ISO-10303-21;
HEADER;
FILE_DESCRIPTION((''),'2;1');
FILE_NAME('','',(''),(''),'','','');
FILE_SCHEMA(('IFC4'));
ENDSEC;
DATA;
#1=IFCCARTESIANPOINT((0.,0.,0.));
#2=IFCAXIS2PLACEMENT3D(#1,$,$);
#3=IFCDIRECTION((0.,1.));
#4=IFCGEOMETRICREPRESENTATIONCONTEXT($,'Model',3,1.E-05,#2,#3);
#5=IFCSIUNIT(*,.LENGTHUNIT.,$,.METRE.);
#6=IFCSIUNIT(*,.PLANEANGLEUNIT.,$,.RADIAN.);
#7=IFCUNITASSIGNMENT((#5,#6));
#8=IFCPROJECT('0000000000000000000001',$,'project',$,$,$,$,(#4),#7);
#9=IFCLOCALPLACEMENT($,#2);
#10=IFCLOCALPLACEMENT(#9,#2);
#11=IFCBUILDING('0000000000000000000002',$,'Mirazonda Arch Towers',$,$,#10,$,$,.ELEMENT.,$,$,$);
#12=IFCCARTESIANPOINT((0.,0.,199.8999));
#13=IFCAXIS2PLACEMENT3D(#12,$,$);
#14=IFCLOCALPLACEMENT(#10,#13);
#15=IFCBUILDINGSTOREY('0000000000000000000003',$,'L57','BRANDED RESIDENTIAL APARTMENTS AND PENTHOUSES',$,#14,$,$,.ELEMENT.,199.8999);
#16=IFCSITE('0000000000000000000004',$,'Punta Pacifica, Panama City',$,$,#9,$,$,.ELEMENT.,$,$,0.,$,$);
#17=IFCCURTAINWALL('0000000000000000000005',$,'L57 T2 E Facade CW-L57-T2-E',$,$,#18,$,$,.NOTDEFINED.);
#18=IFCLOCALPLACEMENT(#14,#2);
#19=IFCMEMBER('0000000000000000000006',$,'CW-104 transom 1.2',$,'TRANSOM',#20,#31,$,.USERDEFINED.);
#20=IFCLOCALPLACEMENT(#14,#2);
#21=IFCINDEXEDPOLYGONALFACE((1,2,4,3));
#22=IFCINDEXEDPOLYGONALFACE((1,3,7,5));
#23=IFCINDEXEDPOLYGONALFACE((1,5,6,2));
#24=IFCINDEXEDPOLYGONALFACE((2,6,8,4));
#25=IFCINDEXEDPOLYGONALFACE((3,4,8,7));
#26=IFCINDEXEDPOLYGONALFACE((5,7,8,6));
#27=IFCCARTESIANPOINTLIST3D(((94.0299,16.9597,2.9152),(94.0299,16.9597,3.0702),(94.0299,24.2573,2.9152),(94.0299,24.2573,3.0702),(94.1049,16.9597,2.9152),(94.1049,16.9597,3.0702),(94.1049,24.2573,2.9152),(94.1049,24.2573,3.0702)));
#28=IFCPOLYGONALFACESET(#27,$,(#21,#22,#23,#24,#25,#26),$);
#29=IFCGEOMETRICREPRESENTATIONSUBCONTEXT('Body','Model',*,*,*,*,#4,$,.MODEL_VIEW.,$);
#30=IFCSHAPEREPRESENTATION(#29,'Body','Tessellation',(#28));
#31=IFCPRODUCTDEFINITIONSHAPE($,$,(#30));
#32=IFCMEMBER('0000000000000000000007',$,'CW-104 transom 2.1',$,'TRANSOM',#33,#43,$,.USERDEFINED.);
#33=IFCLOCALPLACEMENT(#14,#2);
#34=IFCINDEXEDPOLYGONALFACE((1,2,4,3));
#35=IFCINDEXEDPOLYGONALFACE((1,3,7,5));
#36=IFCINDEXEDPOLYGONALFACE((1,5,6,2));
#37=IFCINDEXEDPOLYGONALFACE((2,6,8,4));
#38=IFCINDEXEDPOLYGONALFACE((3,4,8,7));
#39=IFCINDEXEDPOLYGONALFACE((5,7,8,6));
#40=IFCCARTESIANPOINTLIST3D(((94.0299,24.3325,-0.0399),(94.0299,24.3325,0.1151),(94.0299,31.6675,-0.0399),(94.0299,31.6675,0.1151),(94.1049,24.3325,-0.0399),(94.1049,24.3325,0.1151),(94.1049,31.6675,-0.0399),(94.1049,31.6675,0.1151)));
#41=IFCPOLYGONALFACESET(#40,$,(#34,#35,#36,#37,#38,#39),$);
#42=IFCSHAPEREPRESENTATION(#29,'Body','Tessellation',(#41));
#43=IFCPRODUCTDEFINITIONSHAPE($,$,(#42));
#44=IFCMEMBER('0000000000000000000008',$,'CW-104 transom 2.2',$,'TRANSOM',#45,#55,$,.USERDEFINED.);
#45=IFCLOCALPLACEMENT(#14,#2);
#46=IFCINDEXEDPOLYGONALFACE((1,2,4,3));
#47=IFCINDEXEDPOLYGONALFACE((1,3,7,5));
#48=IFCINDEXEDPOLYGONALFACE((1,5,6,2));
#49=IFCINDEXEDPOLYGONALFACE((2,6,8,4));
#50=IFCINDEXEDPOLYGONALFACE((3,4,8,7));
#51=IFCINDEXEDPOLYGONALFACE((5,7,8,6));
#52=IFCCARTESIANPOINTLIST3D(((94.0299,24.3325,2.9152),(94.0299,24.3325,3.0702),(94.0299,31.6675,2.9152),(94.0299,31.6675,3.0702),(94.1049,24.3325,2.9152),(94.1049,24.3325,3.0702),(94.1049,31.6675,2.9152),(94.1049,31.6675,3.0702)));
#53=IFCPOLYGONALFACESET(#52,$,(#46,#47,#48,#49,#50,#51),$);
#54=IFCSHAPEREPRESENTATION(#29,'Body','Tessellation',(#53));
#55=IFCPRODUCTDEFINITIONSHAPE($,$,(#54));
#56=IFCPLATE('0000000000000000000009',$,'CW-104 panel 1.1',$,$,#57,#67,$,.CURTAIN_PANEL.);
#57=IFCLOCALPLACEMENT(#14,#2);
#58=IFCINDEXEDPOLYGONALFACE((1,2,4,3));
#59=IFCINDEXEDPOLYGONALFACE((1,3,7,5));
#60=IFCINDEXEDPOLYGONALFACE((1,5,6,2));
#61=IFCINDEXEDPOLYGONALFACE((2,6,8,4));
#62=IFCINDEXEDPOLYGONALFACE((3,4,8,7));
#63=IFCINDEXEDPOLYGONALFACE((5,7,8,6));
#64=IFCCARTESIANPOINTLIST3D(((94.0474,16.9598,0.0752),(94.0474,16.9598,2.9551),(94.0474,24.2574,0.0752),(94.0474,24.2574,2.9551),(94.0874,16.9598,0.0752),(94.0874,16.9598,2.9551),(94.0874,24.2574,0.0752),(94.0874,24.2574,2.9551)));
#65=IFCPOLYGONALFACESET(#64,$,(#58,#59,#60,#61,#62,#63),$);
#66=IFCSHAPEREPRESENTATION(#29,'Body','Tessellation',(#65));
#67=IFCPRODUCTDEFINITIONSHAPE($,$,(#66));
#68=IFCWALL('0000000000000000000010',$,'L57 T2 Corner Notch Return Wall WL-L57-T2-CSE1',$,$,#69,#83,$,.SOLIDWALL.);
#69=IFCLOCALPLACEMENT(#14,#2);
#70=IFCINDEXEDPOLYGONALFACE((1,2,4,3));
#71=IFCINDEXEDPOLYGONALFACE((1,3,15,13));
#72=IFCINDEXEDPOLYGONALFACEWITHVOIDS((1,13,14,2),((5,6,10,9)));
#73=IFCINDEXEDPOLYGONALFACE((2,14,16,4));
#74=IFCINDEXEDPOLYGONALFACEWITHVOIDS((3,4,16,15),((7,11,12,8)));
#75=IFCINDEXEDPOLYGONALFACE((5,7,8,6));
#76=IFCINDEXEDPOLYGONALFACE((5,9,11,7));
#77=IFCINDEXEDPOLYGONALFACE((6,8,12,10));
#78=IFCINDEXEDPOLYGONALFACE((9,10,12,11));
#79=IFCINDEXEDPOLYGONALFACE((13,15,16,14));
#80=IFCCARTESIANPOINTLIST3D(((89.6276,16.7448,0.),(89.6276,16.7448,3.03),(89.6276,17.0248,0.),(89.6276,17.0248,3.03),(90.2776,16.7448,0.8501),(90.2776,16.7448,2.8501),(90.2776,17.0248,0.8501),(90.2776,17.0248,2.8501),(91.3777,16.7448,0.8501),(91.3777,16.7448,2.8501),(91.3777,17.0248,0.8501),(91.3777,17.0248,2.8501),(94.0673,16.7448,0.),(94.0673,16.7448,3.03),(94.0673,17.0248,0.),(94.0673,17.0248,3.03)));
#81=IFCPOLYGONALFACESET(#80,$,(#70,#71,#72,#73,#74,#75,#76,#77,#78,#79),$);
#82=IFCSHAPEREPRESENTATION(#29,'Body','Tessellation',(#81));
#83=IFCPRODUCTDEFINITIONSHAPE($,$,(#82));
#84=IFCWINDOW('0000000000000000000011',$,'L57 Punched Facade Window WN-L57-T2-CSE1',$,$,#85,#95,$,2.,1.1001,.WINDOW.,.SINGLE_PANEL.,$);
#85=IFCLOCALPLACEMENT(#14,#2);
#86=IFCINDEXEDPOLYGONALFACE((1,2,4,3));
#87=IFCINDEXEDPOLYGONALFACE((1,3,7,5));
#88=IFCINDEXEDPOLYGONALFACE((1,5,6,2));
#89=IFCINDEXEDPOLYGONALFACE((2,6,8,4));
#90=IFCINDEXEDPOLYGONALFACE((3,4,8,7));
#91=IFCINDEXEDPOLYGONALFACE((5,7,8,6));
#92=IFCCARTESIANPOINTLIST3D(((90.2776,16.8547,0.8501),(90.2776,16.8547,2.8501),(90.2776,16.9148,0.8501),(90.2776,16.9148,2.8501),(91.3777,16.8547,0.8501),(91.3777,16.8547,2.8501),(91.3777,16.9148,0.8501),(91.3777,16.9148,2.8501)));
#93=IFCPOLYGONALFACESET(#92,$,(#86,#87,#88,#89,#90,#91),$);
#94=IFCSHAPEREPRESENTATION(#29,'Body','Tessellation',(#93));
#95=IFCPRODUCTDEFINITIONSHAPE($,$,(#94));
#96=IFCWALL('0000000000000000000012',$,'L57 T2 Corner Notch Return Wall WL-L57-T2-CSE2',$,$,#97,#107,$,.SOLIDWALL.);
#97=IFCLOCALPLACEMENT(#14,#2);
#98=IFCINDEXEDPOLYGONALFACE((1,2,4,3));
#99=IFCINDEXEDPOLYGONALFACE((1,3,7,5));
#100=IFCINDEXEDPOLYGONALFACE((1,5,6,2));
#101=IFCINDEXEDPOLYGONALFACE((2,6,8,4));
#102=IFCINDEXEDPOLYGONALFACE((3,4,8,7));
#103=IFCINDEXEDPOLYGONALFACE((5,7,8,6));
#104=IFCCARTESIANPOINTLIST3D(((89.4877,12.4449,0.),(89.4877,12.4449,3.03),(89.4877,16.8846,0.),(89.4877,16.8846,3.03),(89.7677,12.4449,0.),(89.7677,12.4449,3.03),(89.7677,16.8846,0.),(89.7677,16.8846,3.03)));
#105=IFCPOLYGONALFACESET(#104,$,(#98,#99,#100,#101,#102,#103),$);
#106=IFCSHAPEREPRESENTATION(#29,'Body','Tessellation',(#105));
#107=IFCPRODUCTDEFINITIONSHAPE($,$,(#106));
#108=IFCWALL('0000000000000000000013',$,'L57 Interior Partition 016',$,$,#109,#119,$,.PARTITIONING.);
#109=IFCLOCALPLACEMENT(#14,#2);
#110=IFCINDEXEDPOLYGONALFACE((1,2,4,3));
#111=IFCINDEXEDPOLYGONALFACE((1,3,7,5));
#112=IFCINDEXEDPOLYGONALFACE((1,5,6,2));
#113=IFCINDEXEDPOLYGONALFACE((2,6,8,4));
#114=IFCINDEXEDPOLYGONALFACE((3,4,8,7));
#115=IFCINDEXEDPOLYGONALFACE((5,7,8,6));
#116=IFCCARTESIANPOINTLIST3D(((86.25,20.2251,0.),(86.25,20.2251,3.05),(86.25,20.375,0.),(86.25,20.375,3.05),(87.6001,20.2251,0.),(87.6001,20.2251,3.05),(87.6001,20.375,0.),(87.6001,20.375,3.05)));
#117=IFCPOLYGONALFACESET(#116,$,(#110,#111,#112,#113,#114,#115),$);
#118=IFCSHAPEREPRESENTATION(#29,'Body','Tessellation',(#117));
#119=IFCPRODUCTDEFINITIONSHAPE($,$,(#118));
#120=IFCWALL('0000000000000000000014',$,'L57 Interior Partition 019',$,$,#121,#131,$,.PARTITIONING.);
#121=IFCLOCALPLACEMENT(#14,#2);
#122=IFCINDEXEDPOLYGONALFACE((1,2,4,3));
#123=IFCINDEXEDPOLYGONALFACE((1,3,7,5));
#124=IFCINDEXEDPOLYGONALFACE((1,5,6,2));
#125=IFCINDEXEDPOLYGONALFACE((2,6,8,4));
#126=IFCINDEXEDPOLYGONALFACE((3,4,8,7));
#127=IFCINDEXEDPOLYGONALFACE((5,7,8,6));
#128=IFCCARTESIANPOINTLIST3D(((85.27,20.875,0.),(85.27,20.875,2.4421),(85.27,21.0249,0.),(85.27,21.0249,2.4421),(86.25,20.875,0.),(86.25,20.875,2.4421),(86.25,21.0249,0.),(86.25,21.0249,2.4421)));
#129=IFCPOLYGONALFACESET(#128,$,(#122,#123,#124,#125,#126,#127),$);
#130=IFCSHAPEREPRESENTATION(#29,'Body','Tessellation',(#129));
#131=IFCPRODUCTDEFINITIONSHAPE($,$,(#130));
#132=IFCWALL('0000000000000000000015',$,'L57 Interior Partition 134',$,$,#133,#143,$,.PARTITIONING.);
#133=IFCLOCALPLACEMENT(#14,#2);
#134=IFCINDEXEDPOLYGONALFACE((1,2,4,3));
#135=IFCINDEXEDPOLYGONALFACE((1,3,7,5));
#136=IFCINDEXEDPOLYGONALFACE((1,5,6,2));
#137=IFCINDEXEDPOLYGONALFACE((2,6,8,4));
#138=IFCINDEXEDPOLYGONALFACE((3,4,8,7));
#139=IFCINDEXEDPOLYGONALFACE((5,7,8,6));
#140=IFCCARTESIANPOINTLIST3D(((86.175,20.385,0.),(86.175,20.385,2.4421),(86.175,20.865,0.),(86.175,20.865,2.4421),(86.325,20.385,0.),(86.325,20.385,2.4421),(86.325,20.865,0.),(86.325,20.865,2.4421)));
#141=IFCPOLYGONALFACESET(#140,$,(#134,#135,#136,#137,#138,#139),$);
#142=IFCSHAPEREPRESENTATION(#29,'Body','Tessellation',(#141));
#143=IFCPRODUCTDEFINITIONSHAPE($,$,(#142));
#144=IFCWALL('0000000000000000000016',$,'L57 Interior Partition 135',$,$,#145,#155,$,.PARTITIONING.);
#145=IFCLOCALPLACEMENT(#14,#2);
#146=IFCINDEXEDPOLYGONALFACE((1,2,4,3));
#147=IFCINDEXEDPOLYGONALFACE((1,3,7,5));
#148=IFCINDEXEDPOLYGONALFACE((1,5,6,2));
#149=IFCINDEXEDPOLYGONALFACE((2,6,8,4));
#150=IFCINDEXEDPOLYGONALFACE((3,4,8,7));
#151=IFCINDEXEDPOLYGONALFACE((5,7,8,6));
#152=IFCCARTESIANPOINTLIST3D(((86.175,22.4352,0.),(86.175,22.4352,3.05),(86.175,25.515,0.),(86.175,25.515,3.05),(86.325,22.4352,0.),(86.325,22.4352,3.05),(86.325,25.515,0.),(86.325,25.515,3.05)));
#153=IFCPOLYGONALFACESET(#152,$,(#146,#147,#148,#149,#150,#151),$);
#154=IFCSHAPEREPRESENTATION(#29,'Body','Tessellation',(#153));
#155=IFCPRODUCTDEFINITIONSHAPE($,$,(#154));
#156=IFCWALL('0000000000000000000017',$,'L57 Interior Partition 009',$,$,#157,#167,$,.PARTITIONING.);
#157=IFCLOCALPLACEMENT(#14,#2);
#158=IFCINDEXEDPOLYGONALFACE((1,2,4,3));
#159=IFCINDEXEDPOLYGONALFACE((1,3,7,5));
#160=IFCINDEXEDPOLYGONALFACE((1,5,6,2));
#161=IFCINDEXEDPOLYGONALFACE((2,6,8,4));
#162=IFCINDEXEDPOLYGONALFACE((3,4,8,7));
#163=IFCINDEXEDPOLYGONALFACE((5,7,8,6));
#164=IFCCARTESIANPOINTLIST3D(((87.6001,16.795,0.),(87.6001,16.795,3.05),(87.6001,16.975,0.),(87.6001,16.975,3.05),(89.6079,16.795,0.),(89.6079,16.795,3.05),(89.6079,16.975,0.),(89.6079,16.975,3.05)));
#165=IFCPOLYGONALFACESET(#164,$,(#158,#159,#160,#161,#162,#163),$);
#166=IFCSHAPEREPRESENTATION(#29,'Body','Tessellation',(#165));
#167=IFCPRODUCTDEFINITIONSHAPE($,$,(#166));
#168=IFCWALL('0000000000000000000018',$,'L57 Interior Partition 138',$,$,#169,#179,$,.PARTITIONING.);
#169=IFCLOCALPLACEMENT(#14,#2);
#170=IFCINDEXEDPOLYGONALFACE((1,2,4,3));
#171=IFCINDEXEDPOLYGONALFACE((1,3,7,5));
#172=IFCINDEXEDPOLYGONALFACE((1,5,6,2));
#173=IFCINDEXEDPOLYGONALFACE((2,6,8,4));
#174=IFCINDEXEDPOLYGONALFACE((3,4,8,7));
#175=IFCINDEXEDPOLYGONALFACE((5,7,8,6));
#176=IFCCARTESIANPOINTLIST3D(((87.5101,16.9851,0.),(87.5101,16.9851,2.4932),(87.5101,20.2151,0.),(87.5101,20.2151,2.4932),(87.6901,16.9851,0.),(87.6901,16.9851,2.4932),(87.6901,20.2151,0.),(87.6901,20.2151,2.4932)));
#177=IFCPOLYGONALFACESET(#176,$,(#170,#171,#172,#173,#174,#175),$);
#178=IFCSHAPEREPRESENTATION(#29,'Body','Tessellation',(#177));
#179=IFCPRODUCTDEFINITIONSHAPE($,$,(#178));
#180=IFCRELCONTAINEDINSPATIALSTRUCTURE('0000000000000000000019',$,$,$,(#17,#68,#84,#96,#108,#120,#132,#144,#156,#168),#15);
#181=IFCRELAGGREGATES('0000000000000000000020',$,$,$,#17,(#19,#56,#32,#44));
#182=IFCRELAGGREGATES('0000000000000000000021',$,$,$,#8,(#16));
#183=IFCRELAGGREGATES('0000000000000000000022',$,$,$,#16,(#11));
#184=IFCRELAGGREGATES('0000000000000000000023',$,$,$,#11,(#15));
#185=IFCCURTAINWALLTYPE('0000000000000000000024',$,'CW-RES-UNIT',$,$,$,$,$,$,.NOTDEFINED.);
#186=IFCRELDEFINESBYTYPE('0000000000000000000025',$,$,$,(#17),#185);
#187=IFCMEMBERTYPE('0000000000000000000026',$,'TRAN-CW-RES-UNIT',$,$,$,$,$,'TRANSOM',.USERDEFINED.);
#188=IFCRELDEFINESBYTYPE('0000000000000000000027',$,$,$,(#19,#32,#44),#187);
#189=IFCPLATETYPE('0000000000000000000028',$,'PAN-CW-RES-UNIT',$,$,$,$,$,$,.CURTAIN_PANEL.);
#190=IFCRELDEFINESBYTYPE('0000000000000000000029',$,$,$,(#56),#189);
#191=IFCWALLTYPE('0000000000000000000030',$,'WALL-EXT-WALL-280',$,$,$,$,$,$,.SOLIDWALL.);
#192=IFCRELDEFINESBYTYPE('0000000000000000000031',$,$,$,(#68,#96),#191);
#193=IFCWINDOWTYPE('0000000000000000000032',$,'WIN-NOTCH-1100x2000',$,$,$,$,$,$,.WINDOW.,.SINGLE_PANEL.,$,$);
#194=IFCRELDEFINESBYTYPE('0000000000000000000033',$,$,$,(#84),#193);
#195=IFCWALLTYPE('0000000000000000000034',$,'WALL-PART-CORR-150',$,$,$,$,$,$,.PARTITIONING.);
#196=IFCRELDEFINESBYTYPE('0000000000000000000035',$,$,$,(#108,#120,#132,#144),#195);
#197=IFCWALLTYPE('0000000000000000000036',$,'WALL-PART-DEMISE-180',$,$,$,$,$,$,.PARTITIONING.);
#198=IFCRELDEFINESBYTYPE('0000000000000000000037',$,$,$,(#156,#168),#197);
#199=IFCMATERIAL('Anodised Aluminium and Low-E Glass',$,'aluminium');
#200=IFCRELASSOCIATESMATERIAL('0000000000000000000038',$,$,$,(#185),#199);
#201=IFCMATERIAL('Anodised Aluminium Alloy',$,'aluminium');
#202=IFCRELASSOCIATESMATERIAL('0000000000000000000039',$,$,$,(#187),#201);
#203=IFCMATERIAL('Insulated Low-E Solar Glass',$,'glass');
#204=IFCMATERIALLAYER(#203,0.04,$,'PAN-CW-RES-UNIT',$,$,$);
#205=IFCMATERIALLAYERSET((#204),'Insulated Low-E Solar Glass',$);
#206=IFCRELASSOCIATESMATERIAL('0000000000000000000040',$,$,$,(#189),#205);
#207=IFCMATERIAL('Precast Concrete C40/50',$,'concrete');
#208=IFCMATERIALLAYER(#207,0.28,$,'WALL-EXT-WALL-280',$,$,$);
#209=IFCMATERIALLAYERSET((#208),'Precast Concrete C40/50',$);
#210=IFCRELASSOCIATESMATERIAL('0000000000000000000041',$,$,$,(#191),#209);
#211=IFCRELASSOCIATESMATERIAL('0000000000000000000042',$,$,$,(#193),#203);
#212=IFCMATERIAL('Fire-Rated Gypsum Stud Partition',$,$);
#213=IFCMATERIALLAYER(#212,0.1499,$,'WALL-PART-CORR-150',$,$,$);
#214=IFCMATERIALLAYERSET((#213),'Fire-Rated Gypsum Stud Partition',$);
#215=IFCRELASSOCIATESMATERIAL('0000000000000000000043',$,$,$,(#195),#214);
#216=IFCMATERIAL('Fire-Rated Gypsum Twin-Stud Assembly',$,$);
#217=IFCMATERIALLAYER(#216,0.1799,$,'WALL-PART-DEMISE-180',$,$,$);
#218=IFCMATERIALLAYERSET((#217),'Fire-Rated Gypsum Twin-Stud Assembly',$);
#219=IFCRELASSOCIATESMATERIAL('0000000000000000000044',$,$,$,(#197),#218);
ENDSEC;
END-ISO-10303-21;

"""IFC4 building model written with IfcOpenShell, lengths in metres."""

from ifc_helpers import new_model, si_unit, direction, frame, frame_2d, origin, origin_2d, place, context, subcontext, project, spatial, rectangle, extrude, material, layer, layer_set, material_profile, profile_set, type_object, element, fill, aggregate, save


model = new_model("IFC4")

# Units and contexts
model_context = context("Model", 3, precision=1e-05, world=origin(), true_north=direction((0.0, 1.0)))
body_context = subcontext(model_context, "Body", "Model", "MODEL_VIEW")
ifc_project = project(units=[si_unit("LENGTHUNIT", "METRE"), si_unit("PLANEANGLEUNIT", "RADIAN")], contexts=[model_context])

# Site, building, storey
site_placement = place(None, origin())
site = spatial("IfcSite", under=ifc_project, at=site_placement, Name="Punta Pacifica, Panama City", CompositionType="ELEMENT", RefElevation=0.0)
building_placement = place(site_placement, origin())
building = spatial("IfcBuilding", under=site, at=building_placement, Name="Mirazonda Arch Towers", CompositionType="ELEMENT")
storey_placement = place(building_placement, frame((0.0, 0.0, 199.8999)))
storey = spatial("IfcBuildingStorey", under=building, at=storey_placement, Name="L57", Description="BRANDED RESIDENTIAL APARTMENTS AND PENTHOUSES", CompositionType="ELEMENT", Elevation=199.8999)

# Shared definitions
ifc_material_1 = material(Name="Anodised Aluminium and Low-E Glass", Category="aluminium")
curtain_wall_type = type_object("IfcCurtainWallType", Name="CW-RES-UNIT", PredefinedType="NOTDEFINED", material=ifc_material_1)
ifc_material_2 = material(Name="Anodised Aluminium Alloy", Category="aluminium")

# Curtain wall
curtain_wall_1_placement = place(storey_placement, origin())
curtain_wall_1 = element("IfcCurtainWall", 1, at=curtain_wall_1_placement, inside=storey, type_object=curtain_wall_type, Name="L57 T2 E Facade CW-L57-T2-E", PredefinedType="NOTDEFINED")

# Members
ifc_material_profile_1 = material_profile(ifc_material_2, rectangle(XDim=0.075, YDim=0.155, at=origin_2d()), Name="ALU-TRAN-75x155")
ifc_profile_set_1 = profile_set([ifc_material_profile_1], Name="Anodised Aluminium Alloy")
member_type_1 = type_object("IfcMemberType", Name="TRAN-CW-RES-UNIT", ElementType="TRANSOM", PredefinedType="USERDEFINED", material=ifc_profile_set_1)
member_1_placement = place(storey_placement, frame((94.0674, 16.9597, 2.9927), z_axis=(0.0, 1.0, 0.0), x_axis=(-1.0, 0.0, 0.0)))
member_1 = element("IfcMember", 2, at=member_1_placement, type_object=member_type_1, Name="CW-104 transom 1.2", ObjectType="TRANSOM", PredefinedType="USERDEFINED", context=body_context, shape_type="SweptSolid", body=[
    extrude(rectangle(XDim=0.075, YDim=0.155, at=origin_2d()), origin(), (0.0, 0.0, 1.0), 7.2976),
])
member_2_placement = place(storey_placement, frame((94.0674, 24.3325, 0.0376), z_axis=(0.0, 1.0, 0.0), x_axis=(-1.0, 0.0, 0.0)))
member_2 = element("IfcMember", 3, at=member_2_placement, type_object=member_type_1, Name="CW-104 transom 2.1", ObjectType="TRANSOM", PredefinedType="USERDEFINED", context=body_context, shape_type="SweptSolid", body=[
    extrude(rectangle(XDim=0.075, YDim=0.155, at=origin_2d()), origin(), (0.0, 0.0, 1.0), 7.335),
])
member_3_placement = place(storey_placement, frame((94.0674, 24.3325, 2.9927), z_axis=(0.0, 1.0, 0.0), x_axis=(-1.0, 0.0, 0.0)))
member_3 = element("IfcMember", 4, at=member_3_placement, type_object=member_type_1, Name="CW-104 transom 2.2", ObjectType="TRANSOM", PredefinedType="USERDEFINED", context=body_context, shape_type="SweptSolid", body=[
    extrude(rectangle(XDim=0.075, YDim=0.155, at=origin_2d()), origin(), (0.0, 0.0, 1.0), 7.335),
])

# Plate
ifc_material_3 = material(Name="Insulated Low-E Solar Glass", Category="glass")
ifc_layer_1 = layer(ifc_material_3, 0.04, Name="PAN-CW-RES-UNIT")
ifc_layer_set_1 = layer_set([ifc_layer_1], Name="Insulated Low-E Solar Glass")
plate_type = type_object("IfcPlateType", Name="PAN-CW-RES-UNIT", PredefinedType="CURTAIN_PANEL", material=ifc_layer_set_1)
plate_placement = place(storey_placement, frame((94.0674, 20.6086, 0.0752), z_axis=(0.0, 0.0, 1.0), x_axis=(0.0, 1.0, 0.0)))
plate = element("IfcPlate", 5, at=plate_placement, type_object=plate_type, Name="CW-104 panel 1.1", PredefinedType="CURTAIN_PANEL", context=body_context, shape_type="SweptSolid", body=[
    extrude(rectangle(XDim=7.2976, YDim=0.04, at=origin_2d()), origin(), (0.0, 0.0, 1.0), 2.8799),
])
aggregate(curtain_wall_1, [member_1, plate, member_2, member_3])

# Wall, opening, window
ifc_material_4 = material(Name="Precast Concrete C40/50", Category="concrete")
ifc_layer_2 = layer(ifc_material_4, 0.28, Name="WALL-EXT-WALL-280")
ifc_layer_set_2 = layer_set([ifc_layer_2], Name="Precast Concrete C40/50")
wall_type_1 = type_object("IfcWallType", Name="WALL-EXT-WALL-280", PredefinedType="SOLIDWALL", material=ifc_layer_set_2)
wall_1_placement = place(storey_placement, frame((89.6277, 16.8848, 0.0), z_axis=(0.0, 0.0, 1.0), x_axis=(1.0, 0.0, 0.0)))
wall_1 = element("IfcWall", 6, at=wall_1_placement, inside=storey, type_object=wall_type_1, Name="L57 T2 Corner Notch Return Wall WL-L57-T2-CSE1", PredefinedType="SOLIDWALL", context=body_context, shape_type="SweptSolid", body=[
    extrude(rectangle(XDim=4.4397, YDim=0.28, at=frame_2d((2.2197, 0.0))), origin(), (0.0, 0.0, 1.0), 3.03),
])
opening_1_placement = place(wall_1_placement, frame((0.6499, 0.0, 0.8501)))
opening_1 = element("IfcOpeningElement", 7, at=opening_1_placement, cuts=wall_1, PredefinedType="OPENING", context=body_context, shape_type="SweptSolid", body=[
    extrude(rectangle(XDim=1.1001, YDim=2.0, at=frame_2d((0.55, 1.0))), frame((0.0, 0.1499, 0.0), z_axis=(0.0, -1.0, 0.0), x_axis=(1.0, 0.0, 0.0)), (0.0, 0.0, 1.0), 0.3),
])
window_type = type_object("IfcWindowType", Name="WIN-NOTCH-1100x2000", PartitioningType="SINGLE_PANEL", PredefinedType="WINDOW", material=ifc_material_3)
window_placement = place(opening_1_placement, origin())
window = element("IfcWindow", 8, at=window_placement, inside=storey, type_object=window_type, Name="L57 Punched Facade Window WN-L57-T2-CSE1", OverallHeight=2.0, OverallWidth=1.1001, PartitioningType="SINGLE_PANEL", PredefinedType="WINDOW", context=body_context, shape_type="SweptSolid", body=[
    extrude(rectangle(XDim=1.1001, YDim=2.0, at=frame_2d((0.55, 1.0))), frame((0.0, 0.03, 0.0), z_axis=(0.0, -1.0, 0.0), x_axis=(1.0, 0.0, 0.0)), (0.0, 0.0, 1.0), 0.0601),
])
fill(opening_1, window)

# Walls
wall_2_placement = place(storey_placement, frame((89.6277, 12.4451, 0.0), z_axis=(0.0, 0.0, 1.0), x_axis=(0.0, 1.0, 0.0)))
element("IfcWall", 9, at=wall_2_placement, inside=storey, type_object=wall_type_1, Name="L57 T2 Corner Notch Return Wall WL-L57-T2-CSE2", PredefinedType="SOLIDWALL", context=body_context, shape_type="SweptSolid", body=[
    extrude(rectangle(XDim=4.4397, YDim=0.28, at=frame_2d((2.2197, 0.0))), origin(), (0.0, 0.0, 1.0), 3.03),
])
ifc_material_5 = material(Name="Fire-Rated Gypsum Stud Partition")
ifc_layer_3 = layer(ifc_material_5, 0.1499, Name="WALL-PART-CORR-150")
ifc_layer_set_3 = layer_set([ifc_layer_3], Name="Fire-Rated Gypsum Stud Partition")
wall_type_2 = type_object("IfcWallType", Name="WALL-PART-CORR-150", PredefinedType="PARTITIONING", material=ifc_layer_set_3)
wall_3_placement = place(storey_placement, frame((86.25, 20.3, 0.0), z_axis=(0.0, 0.0, 1.0), x_axis=(1.0, 0.0, 0.0)))
element("IfcWall", 10, at=wall_3_placement, inside=storey, type_object=wall_type_2, Name="L57 Interior Partition 016", PredefinedType="PARTITIONING", context=body_context, shape_type="SweptSolid", body=[
    extrude(rectangle(XDim=1.3501, YDim=0.1499, at=frame_2d((0.675, 0.0))), origin(), (0.0, 0.0, 1.0), 3.05),
])
wall_4_placement = place(storey_placement, frame((85.27, 20.95, 0.0), z_axis=(0.0, 0.0, 1.0), x_axis=(1.0, 0.0, 0.0)))
element("IfcWall", 11, at=wall_4_placement, inside=storey, type_object=wall_type_2, Name="L57 Interior Partition 019", PredefinedType="PARTITIONING", context=body_context, shape_type="SweptSolid", body=[
    extrude(rectangle(XDim=0.98, YDim=0.1499, at=frame_2d((0.49, 0.0))), origin(), (0.0, 0.0, 1.0), 2.4421),
])
wall_5_placement = place(storey_placement, frame((86.25, 20.385, 0.0), z_axis=(0.0, 0.0, 1.0), x_axis=(0.0, 1.0, 0.0)))
element("IfcWall", 12, at=wall_5_placement, inside=storey, type_object=wall_type_2, Name="L57 Interior Partition 134", PredefinedType="PARTITIONING", context=body_context, shape_type="SweptSolid", body=[
    extrude(rectangle(XDim=0.48, YDim=0.1499, at=frame_2d((0.24, 0.0))), origin(), (0.0, 0.0, 1.0), 2.4421),
])
wall_6_placement = place(storey_placement, frame((86.25, 22.4351, 0.0), z_axis=(0.0, 0.0, 1.0), x_axis=(0.0, 1.0, 0.0)))
element("IfcWall", 13, at=wall_6_placement, inside=storey, type_object=wall_type_2, Name="L57 Interior Partition 135", PredefinedType="PARTITIONING", context=body_context, shape_type="SweptSolid", body=[
    extrude(rectangle(XDim=3.0798, YDim=0.1499, at=frame_2d((1.54, 0.0))), origin(), (0.0, 0.0, 1.0), 3.05),
])
ifc_material_6 = material(Name="Fire-Rated Gypsum Twin-Stud Assembly")
ifc_layer_4 = layer(ifc_material_6, 0.1799, Name="WALL-PART-DEMISE-180")
ifc_layer_set_4 = layer_set([ifc_layer_4], Name="Fire-Rated Gypsum Twin-Stud Assembly")
wall_type_3 = type_object("IfcWallType", Name="WALL-PART-DEMISE-180", PredefinedType="PARTITIONING", material=ifc_layer_set_4)
wall_7_placement = place(storey_placement, frame((87.6001, 16.885, 0.0), z_axis=(0.0, 0.0, 1.0), x_axis=(1.0, 0.0, 0.0)))
element("IfcWall", 14, at=wall_7_placement, inside=storey, type_object=wall_type_3, Name="L57 Interior Partition 009", PredefinedType="PARTITIONING", context=body_context, shape_type="SweptSolid", body=[
    extrude(rectangle(XDim=2.0078, YDim=0.1799, at=frame_2d((1.0039, 0.0))), origin(), (0.0, 0.0, 1.0), 3.05),
])

# Wall
wall_8_placement = place(storey_placement, frame((87.6001, 16.9851, 0.0), z_axis=(0.0, 0.0, 1.0), x_axis=(0.0, 1.0, 0.0)))
element("IfcWall", 15, at=wall_8_placement, inside=storey, type_object=wall_type_3, Name="L57 Interior Partition 138", PredefinedType="PARTITIONING", context=body_context, shape_type="SweptSolid", body=[
    extrude(rectangle(XDim=3.23, YDim=0.1799, at=frame_2d((1.615, 0.0))), origin(), (0.0, 0.0, 1.0), 2.4932),
])

save(model, "model.ifc")
